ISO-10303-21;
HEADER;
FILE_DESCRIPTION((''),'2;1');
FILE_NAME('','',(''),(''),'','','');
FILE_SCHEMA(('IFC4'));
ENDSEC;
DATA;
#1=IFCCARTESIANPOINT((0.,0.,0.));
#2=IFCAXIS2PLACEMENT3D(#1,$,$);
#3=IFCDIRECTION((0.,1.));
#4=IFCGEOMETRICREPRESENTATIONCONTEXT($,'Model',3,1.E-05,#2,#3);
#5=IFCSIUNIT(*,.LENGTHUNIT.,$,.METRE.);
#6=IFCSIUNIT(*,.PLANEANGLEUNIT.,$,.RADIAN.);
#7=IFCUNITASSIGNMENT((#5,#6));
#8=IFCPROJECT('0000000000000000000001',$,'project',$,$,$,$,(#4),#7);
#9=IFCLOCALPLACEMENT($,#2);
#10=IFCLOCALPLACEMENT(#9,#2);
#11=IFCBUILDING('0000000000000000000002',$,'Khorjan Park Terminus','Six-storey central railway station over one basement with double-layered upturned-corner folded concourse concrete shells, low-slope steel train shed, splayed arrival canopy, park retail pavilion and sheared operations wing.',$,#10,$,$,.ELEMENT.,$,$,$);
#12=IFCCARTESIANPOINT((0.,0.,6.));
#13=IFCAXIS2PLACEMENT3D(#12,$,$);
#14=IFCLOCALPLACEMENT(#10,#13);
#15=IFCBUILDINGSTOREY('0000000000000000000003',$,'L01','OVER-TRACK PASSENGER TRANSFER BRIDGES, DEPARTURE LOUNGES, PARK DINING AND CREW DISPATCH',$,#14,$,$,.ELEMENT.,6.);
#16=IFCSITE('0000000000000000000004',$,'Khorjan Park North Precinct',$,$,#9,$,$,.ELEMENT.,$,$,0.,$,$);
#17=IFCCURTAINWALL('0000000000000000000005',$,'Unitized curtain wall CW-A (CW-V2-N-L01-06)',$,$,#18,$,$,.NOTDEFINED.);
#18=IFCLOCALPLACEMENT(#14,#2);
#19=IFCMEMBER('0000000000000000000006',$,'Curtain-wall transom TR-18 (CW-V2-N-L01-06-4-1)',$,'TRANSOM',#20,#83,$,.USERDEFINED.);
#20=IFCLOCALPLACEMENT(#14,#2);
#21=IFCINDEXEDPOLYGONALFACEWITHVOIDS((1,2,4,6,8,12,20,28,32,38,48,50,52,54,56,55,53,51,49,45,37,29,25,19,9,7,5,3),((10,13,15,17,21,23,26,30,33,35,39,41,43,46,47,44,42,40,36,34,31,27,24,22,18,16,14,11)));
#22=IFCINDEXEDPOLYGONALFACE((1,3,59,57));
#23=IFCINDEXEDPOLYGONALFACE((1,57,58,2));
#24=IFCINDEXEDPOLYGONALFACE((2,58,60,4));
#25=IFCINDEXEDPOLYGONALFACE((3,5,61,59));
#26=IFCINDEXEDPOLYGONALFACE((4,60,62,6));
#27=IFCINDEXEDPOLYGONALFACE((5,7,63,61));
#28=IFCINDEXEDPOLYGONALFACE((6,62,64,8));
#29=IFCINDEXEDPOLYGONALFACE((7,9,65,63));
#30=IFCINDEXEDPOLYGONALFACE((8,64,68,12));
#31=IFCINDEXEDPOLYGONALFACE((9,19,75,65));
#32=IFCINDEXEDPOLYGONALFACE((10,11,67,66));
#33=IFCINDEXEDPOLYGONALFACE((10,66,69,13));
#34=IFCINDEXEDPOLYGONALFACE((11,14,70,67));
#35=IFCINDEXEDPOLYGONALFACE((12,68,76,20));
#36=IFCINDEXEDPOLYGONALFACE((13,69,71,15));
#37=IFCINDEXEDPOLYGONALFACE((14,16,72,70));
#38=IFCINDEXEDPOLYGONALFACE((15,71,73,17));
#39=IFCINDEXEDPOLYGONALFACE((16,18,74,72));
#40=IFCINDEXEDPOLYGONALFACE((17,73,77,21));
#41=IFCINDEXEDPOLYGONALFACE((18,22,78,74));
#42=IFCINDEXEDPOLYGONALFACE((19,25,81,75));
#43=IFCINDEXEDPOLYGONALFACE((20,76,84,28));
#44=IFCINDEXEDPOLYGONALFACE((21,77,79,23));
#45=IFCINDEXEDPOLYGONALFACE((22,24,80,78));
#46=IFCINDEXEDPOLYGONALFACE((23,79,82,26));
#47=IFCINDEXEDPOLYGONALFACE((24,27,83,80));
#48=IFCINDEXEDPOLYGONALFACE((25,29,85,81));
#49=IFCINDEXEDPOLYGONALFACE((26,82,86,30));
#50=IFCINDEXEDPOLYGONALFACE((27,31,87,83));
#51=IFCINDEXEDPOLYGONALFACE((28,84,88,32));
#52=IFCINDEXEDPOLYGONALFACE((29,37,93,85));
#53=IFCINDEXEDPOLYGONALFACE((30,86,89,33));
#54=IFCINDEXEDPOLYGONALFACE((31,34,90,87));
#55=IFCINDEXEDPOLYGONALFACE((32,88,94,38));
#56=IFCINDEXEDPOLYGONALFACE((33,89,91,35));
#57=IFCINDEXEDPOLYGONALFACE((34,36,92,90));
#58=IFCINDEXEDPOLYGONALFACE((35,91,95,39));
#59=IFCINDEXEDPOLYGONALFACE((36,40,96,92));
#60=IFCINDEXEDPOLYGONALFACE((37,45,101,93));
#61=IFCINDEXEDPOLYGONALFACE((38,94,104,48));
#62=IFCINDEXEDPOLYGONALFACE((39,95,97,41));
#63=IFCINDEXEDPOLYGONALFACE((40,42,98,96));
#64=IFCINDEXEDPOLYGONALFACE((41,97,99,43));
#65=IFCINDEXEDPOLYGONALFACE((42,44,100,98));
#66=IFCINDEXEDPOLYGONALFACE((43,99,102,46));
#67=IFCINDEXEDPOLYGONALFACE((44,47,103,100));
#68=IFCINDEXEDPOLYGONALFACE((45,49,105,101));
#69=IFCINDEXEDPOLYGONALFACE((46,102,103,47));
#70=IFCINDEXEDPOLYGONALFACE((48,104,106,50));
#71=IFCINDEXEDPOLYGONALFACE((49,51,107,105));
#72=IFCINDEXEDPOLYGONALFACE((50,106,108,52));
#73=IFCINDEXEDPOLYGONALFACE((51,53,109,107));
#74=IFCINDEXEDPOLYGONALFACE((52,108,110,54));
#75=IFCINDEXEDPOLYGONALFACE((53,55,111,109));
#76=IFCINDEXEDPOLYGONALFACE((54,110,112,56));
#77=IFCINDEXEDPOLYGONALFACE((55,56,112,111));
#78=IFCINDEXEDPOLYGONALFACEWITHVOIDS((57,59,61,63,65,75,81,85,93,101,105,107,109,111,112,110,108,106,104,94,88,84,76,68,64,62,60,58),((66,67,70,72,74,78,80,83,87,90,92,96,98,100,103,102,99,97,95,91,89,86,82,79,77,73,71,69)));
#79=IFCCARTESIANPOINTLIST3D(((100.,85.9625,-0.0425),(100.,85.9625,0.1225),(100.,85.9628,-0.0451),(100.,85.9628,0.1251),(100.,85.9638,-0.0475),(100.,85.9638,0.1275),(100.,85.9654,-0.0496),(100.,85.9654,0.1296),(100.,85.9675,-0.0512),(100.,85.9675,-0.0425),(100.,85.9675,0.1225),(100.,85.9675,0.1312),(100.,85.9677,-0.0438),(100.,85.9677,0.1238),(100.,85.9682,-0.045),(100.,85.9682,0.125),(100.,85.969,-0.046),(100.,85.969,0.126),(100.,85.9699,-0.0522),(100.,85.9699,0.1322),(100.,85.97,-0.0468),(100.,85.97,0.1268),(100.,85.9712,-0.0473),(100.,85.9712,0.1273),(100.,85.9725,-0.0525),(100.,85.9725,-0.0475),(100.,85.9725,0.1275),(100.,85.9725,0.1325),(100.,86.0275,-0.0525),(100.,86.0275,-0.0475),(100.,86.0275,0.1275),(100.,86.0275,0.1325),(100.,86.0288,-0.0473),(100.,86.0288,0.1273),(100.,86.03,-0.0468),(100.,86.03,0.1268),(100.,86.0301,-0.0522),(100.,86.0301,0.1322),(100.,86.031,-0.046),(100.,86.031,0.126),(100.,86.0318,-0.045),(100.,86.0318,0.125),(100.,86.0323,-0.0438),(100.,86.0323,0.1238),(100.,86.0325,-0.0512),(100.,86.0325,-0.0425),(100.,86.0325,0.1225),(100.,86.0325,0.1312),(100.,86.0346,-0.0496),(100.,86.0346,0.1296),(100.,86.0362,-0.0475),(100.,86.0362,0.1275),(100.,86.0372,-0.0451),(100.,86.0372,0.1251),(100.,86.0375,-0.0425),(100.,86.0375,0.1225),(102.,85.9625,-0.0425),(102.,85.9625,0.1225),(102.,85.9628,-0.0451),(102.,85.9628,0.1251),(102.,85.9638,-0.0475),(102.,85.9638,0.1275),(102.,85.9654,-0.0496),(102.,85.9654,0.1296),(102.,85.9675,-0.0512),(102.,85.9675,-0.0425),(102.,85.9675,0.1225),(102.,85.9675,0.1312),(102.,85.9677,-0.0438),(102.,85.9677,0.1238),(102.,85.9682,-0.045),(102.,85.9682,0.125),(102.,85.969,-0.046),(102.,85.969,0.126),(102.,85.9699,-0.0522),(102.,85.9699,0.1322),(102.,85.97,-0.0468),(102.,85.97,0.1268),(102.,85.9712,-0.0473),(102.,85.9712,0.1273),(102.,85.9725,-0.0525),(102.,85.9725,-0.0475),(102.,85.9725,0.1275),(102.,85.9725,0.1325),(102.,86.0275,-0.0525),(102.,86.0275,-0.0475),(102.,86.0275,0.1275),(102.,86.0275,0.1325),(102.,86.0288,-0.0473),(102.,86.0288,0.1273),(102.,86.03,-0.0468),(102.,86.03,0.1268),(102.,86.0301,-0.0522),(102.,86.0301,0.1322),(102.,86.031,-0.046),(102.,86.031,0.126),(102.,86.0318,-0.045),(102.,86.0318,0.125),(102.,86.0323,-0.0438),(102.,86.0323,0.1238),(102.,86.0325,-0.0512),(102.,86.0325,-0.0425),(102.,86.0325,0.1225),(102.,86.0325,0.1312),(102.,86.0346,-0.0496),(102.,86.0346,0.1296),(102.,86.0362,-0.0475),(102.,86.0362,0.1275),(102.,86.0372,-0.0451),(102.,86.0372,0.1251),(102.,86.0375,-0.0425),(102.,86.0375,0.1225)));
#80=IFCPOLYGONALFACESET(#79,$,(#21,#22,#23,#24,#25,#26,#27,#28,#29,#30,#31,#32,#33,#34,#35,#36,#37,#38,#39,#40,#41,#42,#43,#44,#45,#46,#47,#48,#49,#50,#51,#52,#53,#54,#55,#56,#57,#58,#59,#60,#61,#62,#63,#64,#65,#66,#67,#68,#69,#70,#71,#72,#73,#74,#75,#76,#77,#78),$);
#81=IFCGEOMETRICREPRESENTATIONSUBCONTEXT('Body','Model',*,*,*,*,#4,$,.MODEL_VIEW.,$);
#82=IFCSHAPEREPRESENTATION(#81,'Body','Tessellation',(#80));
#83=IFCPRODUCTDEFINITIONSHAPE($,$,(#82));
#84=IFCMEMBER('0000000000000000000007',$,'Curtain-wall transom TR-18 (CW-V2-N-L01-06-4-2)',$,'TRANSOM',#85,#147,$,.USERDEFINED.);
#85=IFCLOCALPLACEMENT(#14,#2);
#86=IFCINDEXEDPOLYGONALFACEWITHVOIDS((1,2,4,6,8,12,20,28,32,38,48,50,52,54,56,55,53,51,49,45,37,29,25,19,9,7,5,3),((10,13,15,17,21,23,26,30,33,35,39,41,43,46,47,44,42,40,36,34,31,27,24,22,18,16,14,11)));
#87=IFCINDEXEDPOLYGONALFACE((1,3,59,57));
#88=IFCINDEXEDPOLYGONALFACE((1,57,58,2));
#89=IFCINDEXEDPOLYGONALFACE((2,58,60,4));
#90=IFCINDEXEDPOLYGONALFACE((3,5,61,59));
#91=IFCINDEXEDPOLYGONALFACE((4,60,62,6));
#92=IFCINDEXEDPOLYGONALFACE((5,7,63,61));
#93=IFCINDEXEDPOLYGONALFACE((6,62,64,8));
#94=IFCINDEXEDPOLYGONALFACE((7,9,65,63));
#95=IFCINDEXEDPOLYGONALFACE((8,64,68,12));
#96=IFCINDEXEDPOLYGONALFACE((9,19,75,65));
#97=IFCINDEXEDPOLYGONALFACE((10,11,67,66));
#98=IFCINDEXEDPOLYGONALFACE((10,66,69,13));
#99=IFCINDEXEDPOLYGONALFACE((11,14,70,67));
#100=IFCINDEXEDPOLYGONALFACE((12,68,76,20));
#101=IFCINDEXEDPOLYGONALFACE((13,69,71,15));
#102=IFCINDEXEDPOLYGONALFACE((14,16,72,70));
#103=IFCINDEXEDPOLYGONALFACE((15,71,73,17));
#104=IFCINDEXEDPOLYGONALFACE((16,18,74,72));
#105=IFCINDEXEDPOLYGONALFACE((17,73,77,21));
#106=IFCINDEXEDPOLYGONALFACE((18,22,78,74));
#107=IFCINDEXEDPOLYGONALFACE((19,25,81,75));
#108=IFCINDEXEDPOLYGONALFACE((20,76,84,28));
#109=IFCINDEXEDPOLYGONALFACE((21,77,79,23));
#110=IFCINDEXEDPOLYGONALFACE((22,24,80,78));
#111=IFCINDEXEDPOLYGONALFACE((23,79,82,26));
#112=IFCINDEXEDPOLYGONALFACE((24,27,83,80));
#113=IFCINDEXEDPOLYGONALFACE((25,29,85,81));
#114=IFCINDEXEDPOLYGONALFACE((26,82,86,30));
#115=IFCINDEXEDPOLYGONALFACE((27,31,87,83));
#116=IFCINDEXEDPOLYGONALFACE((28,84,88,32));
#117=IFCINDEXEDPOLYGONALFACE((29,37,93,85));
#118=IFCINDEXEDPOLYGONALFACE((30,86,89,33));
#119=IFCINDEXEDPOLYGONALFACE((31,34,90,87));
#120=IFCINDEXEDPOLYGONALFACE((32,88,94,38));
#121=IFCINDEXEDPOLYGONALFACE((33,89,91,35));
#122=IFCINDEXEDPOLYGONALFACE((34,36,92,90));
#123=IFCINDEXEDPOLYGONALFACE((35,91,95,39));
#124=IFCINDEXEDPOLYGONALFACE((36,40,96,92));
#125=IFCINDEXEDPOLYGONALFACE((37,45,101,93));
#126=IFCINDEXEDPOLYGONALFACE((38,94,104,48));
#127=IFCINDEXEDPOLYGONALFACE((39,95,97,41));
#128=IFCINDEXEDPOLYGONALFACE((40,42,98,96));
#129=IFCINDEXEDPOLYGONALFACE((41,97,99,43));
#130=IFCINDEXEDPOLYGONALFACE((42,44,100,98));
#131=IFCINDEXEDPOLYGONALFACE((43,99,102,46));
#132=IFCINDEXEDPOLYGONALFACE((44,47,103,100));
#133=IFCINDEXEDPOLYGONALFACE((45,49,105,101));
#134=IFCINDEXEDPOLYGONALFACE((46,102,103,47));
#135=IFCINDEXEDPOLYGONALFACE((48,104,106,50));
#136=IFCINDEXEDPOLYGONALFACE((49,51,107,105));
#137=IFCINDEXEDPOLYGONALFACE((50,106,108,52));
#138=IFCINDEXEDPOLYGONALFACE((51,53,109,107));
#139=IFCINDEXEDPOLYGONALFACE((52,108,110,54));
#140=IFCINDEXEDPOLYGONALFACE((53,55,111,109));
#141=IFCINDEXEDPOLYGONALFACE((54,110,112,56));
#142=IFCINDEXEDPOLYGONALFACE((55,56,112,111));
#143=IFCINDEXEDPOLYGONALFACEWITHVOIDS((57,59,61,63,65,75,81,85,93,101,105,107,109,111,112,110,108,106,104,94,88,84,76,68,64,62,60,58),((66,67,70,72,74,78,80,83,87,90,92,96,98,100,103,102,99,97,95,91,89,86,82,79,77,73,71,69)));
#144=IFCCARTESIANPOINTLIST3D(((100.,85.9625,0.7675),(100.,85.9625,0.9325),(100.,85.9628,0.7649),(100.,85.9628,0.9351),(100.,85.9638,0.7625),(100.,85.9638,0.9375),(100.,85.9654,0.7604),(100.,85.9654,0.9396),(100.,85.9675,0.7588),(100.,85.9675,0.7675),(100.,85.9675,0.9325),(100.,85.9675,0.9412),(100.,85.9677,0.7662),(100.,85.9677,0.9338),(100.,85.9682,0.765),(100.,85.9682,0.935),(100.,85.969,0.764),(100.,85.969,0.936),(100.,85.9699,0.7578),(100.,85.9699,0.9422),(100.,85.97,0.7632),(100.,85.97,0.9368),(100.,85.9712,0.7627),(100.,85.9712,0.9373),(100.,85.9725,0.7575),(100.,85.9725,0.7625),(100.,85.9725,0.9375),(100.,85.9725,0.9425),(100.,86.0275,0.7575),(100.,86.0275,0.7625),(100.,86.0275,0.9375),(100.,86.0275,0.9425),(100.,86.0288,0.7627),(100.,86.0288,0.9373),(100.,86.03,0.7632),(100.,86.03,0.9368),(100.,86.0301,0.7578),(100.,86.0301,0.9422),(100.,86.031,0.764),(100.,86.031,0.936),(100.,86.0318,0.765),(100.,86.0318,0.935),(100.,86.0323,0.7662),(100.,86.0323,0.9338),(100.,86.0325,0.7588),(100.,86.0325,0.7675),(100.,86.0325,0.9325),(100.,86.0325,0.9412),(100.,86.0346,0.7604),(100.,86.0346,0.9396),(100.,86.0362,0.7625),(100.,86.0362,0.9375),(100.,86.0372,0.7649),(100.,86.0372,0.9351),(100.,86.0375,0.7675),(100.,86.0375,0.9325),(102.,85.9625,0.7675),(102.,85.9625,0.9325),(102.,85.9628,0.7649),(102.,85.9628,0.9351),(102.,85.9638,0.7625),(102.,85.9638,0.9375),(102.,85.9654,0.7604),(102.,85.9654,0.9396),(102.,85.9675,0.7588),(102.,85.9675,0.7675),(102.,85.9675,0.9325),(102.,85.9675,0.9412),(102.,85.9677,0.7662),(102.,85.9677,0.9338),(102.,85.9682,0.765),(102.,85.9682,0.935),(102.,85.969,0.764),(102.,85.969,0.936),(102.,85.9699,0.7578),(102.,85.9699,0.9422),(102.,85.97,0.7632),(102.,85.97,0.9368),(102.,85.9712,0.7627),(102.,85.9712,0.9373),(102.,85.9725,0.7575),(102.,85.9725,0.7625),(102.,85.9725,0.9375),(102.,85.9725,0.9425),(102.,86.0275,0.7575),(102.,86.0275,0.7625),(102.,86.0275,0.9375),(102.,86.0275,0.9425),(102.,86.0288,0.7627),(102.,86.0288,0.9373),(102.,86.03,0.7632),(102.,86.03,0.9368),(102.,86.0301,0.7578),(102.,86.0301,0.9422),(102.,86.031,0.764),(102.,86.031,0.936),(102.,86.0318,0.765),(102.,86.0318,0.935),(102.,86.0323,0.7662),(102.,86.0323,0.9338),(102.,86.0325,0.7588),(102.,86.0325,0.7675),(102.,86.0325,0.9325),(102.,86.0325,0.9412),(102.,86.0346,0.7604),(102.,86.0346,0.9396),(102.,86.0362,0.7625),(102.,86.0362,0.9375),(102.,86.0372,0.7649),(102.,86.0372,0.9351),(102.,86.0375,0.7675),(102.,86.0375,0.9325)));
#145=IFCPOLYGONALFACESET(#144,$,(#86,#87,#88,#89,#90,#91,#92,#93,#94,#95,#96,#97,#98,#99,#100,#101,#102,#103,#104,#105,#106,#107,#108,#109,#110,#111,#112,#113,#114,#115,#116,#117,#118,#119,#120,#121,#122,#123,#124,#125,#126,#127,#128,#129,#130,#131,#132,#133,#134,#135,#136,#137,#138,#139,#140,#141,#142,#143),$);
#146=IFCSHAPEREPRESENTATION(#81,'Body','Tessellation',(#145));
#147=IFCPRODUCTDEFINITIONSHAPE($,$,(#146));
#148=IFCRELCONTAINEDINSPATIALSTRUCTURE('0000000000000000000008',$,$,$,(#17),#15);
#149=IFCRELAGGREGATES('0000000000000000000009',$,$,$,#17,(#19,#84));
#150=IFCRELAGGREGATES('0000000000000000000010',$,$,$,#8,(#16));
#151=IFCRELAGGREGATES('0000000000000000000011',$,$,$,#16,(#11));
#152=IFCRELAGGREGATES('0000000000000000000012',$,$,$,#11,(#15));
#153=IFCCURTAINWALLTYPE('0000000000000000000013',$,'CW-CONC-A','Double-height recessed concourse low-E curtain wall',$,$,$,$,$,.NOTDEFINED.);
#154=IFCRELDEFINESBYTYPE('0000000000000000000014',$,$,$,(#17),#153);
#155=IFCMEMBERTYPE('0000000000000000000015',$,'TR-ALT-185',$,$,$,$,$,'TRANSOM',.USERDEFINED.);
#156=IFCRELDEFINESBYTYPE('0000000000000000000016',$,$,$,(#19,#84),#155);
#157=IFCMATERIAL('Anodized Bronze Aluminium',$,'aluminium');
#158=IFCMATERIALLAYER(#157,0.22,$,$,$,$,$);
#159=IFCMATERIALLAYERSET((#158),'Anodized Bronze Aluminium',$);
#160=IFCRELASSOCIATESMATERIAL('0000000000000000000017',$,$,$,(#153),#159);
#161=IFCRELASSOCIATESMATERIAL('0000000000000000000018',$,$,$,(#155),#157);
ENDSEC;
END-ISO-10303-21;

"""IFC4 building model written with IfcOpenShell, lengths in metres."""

from ifc_helpers import new_model, si_unit, direction, frame, origin, origin_2d, place, context, subcontext, project, spatial, hollow_rectangle, extrude, material, layer, layer_set, material_profile, profile_set, type_object, element, aggregate, save


model = new_model("IFC4")

# Units and contexts
model_context = context("Model", 3, precision=1e-05, world=origin(), true_north=direction((0.0, 1.0)))
body_context = subcontext(model_context, "Body", "Model", "MODEL_VIEW")
ifc_project = project(units=[si_unit("LENGTHUNIT", "METRE"), si_unit("PLANEANGLEUNIT", "RADIAN")], contexts=[model_context])

# Site, building, storey
site_placement = place(None, origin())
site = spatial("IfcSite", under=ifc_project, at=site_placement, Name="Khorjan Park North Precinct", CompositionType="ELEMENT", RefElevation=0.0)
building_placement = place(site_placement, origin())
building = spatial("IfcBuilding", under=site, at=building_placement, Name="Khorjan Park Terminus", Description="Six-storey central railway station over one basement with double-layered upturned-corner folded concourse concrete shells, low-slope steel train shed, splayed arrival canopy, park retail pavilion and sheared operations wing.", CompositionType="ELEMENT")
storey_placement = place(building_placement, frame((0.0, 0.0, 6.0)))
storey = spatial("IfcBuildingStorey", under=building, at=storey_placement, Name="L01", Description="OVER-TRACK PASSENGER TRANSFER BRIDGES, DEPARTURE LOUNGES, PARK DINING AND CREW DISPATCH", CompositionType="ELEMENT", Elevation=6.0)

# Shared definitions
ifc_material_1 = material(Name="Anodized Bronze Aluminium", Category="aluminium")
ifc_layer_1 = layer(ifc_material_1, 0.22)
ifc_layer_set_1 = layer_set([ifc_layer_1], Name="Anodized Bronze Aluminium")
curtain_wall_type = type_object("IfcCurtainWallType", Name="CW-CONC-A", Description="Double-height recessed concourse low-E curtain wall", PredefinedType="NOTDEFINED", material=ifc_layer_set_1)

# Curtain wall
curtain_wall_1_placement = place(storey_placement, origin())
curtain_wall_1 = element("IfcCurtainWall", 1, at=curtain_wall_1_placement, inside=storey, type_object=curtain_wall_type, Name="Unitized curtain wall CW-A (CW-V2-N-L01-06)", PredefinedType="NOTDEFINED")

# Members
ifc_material_profile_1 = material_profile(ifc_material_1, hollow_rectangle(XDim=0.075, YDim=0.185, WallThickness=0.005, InnerFilletRadius=0.005, OuterFilletRadius=0.01, at=origin_2d()), Name="ALT 75x185x5")
ifc_profile_set_1 = profile_set([ifc_material_profile_1], Name="Anodized Bronze Aluminium")
member_type_1 = type_object("IfcMemberType", Name="TR-ALT-185", ElementType="TRANSOM", PredefinedType="USERDEFINED", material=ifc_profile_set_1)
member_1_placement = place(storey_placement, frame((102.0, 86.0, 0.04), z_axis=(-1.0, 0.0, 0.0), x_axis=(0.0, -1.0, 0.0)))
member_1 = element("IfcMember", 2, at=member_1_placement, type_object=member_type_1, Name="Curtain-wall transom TR-18 (CW-V2-N-L01-06-4-1)", ObjectType="TRANSOM", PredefinedType="USERDEFINED", context=body_context, shape_type="SweptSolid", body=[
    extrude(hollow_rectangle(XDim=0.075, YDim=0.185, WallThickness=0.005, InnerFilletRadius=0.005, OuterFilletRadius=0.01, at=origin_2d()), origin(), (0.0, 0.0, 1.0), 2.0),
])
member_2_placement = place(storey_placement, frame((102.0, 86.0, 0.85), z_axis=(-1.0, 0.0, 0.0), x_axis=(0.0, -1.0, 0.0)))
member_2 = element("IfcMember", 3, at=member_2_placement, type_object=member_type_1, Name="Curtain-wall transom TR-18 (CW-V2-N-L01-06-4-2)", ObjectType="TRANSOM", PredefinedType="USERDEFINED", context=body_context, shape_type="SweptSolid", body=[
    extrude(hollow_rectangle(XDim=0.075, YDim=0.185, WallThickness=0.005, InnerFilletRadius=0.005, OuterFilletRadius=0.01, at=origin_2d()), origin(), (0.0, 0.0, 1.0), 2.0),
])

aggregate(curtain_wall_1, [member_1, member_2])

save(model, "model.ifc")
